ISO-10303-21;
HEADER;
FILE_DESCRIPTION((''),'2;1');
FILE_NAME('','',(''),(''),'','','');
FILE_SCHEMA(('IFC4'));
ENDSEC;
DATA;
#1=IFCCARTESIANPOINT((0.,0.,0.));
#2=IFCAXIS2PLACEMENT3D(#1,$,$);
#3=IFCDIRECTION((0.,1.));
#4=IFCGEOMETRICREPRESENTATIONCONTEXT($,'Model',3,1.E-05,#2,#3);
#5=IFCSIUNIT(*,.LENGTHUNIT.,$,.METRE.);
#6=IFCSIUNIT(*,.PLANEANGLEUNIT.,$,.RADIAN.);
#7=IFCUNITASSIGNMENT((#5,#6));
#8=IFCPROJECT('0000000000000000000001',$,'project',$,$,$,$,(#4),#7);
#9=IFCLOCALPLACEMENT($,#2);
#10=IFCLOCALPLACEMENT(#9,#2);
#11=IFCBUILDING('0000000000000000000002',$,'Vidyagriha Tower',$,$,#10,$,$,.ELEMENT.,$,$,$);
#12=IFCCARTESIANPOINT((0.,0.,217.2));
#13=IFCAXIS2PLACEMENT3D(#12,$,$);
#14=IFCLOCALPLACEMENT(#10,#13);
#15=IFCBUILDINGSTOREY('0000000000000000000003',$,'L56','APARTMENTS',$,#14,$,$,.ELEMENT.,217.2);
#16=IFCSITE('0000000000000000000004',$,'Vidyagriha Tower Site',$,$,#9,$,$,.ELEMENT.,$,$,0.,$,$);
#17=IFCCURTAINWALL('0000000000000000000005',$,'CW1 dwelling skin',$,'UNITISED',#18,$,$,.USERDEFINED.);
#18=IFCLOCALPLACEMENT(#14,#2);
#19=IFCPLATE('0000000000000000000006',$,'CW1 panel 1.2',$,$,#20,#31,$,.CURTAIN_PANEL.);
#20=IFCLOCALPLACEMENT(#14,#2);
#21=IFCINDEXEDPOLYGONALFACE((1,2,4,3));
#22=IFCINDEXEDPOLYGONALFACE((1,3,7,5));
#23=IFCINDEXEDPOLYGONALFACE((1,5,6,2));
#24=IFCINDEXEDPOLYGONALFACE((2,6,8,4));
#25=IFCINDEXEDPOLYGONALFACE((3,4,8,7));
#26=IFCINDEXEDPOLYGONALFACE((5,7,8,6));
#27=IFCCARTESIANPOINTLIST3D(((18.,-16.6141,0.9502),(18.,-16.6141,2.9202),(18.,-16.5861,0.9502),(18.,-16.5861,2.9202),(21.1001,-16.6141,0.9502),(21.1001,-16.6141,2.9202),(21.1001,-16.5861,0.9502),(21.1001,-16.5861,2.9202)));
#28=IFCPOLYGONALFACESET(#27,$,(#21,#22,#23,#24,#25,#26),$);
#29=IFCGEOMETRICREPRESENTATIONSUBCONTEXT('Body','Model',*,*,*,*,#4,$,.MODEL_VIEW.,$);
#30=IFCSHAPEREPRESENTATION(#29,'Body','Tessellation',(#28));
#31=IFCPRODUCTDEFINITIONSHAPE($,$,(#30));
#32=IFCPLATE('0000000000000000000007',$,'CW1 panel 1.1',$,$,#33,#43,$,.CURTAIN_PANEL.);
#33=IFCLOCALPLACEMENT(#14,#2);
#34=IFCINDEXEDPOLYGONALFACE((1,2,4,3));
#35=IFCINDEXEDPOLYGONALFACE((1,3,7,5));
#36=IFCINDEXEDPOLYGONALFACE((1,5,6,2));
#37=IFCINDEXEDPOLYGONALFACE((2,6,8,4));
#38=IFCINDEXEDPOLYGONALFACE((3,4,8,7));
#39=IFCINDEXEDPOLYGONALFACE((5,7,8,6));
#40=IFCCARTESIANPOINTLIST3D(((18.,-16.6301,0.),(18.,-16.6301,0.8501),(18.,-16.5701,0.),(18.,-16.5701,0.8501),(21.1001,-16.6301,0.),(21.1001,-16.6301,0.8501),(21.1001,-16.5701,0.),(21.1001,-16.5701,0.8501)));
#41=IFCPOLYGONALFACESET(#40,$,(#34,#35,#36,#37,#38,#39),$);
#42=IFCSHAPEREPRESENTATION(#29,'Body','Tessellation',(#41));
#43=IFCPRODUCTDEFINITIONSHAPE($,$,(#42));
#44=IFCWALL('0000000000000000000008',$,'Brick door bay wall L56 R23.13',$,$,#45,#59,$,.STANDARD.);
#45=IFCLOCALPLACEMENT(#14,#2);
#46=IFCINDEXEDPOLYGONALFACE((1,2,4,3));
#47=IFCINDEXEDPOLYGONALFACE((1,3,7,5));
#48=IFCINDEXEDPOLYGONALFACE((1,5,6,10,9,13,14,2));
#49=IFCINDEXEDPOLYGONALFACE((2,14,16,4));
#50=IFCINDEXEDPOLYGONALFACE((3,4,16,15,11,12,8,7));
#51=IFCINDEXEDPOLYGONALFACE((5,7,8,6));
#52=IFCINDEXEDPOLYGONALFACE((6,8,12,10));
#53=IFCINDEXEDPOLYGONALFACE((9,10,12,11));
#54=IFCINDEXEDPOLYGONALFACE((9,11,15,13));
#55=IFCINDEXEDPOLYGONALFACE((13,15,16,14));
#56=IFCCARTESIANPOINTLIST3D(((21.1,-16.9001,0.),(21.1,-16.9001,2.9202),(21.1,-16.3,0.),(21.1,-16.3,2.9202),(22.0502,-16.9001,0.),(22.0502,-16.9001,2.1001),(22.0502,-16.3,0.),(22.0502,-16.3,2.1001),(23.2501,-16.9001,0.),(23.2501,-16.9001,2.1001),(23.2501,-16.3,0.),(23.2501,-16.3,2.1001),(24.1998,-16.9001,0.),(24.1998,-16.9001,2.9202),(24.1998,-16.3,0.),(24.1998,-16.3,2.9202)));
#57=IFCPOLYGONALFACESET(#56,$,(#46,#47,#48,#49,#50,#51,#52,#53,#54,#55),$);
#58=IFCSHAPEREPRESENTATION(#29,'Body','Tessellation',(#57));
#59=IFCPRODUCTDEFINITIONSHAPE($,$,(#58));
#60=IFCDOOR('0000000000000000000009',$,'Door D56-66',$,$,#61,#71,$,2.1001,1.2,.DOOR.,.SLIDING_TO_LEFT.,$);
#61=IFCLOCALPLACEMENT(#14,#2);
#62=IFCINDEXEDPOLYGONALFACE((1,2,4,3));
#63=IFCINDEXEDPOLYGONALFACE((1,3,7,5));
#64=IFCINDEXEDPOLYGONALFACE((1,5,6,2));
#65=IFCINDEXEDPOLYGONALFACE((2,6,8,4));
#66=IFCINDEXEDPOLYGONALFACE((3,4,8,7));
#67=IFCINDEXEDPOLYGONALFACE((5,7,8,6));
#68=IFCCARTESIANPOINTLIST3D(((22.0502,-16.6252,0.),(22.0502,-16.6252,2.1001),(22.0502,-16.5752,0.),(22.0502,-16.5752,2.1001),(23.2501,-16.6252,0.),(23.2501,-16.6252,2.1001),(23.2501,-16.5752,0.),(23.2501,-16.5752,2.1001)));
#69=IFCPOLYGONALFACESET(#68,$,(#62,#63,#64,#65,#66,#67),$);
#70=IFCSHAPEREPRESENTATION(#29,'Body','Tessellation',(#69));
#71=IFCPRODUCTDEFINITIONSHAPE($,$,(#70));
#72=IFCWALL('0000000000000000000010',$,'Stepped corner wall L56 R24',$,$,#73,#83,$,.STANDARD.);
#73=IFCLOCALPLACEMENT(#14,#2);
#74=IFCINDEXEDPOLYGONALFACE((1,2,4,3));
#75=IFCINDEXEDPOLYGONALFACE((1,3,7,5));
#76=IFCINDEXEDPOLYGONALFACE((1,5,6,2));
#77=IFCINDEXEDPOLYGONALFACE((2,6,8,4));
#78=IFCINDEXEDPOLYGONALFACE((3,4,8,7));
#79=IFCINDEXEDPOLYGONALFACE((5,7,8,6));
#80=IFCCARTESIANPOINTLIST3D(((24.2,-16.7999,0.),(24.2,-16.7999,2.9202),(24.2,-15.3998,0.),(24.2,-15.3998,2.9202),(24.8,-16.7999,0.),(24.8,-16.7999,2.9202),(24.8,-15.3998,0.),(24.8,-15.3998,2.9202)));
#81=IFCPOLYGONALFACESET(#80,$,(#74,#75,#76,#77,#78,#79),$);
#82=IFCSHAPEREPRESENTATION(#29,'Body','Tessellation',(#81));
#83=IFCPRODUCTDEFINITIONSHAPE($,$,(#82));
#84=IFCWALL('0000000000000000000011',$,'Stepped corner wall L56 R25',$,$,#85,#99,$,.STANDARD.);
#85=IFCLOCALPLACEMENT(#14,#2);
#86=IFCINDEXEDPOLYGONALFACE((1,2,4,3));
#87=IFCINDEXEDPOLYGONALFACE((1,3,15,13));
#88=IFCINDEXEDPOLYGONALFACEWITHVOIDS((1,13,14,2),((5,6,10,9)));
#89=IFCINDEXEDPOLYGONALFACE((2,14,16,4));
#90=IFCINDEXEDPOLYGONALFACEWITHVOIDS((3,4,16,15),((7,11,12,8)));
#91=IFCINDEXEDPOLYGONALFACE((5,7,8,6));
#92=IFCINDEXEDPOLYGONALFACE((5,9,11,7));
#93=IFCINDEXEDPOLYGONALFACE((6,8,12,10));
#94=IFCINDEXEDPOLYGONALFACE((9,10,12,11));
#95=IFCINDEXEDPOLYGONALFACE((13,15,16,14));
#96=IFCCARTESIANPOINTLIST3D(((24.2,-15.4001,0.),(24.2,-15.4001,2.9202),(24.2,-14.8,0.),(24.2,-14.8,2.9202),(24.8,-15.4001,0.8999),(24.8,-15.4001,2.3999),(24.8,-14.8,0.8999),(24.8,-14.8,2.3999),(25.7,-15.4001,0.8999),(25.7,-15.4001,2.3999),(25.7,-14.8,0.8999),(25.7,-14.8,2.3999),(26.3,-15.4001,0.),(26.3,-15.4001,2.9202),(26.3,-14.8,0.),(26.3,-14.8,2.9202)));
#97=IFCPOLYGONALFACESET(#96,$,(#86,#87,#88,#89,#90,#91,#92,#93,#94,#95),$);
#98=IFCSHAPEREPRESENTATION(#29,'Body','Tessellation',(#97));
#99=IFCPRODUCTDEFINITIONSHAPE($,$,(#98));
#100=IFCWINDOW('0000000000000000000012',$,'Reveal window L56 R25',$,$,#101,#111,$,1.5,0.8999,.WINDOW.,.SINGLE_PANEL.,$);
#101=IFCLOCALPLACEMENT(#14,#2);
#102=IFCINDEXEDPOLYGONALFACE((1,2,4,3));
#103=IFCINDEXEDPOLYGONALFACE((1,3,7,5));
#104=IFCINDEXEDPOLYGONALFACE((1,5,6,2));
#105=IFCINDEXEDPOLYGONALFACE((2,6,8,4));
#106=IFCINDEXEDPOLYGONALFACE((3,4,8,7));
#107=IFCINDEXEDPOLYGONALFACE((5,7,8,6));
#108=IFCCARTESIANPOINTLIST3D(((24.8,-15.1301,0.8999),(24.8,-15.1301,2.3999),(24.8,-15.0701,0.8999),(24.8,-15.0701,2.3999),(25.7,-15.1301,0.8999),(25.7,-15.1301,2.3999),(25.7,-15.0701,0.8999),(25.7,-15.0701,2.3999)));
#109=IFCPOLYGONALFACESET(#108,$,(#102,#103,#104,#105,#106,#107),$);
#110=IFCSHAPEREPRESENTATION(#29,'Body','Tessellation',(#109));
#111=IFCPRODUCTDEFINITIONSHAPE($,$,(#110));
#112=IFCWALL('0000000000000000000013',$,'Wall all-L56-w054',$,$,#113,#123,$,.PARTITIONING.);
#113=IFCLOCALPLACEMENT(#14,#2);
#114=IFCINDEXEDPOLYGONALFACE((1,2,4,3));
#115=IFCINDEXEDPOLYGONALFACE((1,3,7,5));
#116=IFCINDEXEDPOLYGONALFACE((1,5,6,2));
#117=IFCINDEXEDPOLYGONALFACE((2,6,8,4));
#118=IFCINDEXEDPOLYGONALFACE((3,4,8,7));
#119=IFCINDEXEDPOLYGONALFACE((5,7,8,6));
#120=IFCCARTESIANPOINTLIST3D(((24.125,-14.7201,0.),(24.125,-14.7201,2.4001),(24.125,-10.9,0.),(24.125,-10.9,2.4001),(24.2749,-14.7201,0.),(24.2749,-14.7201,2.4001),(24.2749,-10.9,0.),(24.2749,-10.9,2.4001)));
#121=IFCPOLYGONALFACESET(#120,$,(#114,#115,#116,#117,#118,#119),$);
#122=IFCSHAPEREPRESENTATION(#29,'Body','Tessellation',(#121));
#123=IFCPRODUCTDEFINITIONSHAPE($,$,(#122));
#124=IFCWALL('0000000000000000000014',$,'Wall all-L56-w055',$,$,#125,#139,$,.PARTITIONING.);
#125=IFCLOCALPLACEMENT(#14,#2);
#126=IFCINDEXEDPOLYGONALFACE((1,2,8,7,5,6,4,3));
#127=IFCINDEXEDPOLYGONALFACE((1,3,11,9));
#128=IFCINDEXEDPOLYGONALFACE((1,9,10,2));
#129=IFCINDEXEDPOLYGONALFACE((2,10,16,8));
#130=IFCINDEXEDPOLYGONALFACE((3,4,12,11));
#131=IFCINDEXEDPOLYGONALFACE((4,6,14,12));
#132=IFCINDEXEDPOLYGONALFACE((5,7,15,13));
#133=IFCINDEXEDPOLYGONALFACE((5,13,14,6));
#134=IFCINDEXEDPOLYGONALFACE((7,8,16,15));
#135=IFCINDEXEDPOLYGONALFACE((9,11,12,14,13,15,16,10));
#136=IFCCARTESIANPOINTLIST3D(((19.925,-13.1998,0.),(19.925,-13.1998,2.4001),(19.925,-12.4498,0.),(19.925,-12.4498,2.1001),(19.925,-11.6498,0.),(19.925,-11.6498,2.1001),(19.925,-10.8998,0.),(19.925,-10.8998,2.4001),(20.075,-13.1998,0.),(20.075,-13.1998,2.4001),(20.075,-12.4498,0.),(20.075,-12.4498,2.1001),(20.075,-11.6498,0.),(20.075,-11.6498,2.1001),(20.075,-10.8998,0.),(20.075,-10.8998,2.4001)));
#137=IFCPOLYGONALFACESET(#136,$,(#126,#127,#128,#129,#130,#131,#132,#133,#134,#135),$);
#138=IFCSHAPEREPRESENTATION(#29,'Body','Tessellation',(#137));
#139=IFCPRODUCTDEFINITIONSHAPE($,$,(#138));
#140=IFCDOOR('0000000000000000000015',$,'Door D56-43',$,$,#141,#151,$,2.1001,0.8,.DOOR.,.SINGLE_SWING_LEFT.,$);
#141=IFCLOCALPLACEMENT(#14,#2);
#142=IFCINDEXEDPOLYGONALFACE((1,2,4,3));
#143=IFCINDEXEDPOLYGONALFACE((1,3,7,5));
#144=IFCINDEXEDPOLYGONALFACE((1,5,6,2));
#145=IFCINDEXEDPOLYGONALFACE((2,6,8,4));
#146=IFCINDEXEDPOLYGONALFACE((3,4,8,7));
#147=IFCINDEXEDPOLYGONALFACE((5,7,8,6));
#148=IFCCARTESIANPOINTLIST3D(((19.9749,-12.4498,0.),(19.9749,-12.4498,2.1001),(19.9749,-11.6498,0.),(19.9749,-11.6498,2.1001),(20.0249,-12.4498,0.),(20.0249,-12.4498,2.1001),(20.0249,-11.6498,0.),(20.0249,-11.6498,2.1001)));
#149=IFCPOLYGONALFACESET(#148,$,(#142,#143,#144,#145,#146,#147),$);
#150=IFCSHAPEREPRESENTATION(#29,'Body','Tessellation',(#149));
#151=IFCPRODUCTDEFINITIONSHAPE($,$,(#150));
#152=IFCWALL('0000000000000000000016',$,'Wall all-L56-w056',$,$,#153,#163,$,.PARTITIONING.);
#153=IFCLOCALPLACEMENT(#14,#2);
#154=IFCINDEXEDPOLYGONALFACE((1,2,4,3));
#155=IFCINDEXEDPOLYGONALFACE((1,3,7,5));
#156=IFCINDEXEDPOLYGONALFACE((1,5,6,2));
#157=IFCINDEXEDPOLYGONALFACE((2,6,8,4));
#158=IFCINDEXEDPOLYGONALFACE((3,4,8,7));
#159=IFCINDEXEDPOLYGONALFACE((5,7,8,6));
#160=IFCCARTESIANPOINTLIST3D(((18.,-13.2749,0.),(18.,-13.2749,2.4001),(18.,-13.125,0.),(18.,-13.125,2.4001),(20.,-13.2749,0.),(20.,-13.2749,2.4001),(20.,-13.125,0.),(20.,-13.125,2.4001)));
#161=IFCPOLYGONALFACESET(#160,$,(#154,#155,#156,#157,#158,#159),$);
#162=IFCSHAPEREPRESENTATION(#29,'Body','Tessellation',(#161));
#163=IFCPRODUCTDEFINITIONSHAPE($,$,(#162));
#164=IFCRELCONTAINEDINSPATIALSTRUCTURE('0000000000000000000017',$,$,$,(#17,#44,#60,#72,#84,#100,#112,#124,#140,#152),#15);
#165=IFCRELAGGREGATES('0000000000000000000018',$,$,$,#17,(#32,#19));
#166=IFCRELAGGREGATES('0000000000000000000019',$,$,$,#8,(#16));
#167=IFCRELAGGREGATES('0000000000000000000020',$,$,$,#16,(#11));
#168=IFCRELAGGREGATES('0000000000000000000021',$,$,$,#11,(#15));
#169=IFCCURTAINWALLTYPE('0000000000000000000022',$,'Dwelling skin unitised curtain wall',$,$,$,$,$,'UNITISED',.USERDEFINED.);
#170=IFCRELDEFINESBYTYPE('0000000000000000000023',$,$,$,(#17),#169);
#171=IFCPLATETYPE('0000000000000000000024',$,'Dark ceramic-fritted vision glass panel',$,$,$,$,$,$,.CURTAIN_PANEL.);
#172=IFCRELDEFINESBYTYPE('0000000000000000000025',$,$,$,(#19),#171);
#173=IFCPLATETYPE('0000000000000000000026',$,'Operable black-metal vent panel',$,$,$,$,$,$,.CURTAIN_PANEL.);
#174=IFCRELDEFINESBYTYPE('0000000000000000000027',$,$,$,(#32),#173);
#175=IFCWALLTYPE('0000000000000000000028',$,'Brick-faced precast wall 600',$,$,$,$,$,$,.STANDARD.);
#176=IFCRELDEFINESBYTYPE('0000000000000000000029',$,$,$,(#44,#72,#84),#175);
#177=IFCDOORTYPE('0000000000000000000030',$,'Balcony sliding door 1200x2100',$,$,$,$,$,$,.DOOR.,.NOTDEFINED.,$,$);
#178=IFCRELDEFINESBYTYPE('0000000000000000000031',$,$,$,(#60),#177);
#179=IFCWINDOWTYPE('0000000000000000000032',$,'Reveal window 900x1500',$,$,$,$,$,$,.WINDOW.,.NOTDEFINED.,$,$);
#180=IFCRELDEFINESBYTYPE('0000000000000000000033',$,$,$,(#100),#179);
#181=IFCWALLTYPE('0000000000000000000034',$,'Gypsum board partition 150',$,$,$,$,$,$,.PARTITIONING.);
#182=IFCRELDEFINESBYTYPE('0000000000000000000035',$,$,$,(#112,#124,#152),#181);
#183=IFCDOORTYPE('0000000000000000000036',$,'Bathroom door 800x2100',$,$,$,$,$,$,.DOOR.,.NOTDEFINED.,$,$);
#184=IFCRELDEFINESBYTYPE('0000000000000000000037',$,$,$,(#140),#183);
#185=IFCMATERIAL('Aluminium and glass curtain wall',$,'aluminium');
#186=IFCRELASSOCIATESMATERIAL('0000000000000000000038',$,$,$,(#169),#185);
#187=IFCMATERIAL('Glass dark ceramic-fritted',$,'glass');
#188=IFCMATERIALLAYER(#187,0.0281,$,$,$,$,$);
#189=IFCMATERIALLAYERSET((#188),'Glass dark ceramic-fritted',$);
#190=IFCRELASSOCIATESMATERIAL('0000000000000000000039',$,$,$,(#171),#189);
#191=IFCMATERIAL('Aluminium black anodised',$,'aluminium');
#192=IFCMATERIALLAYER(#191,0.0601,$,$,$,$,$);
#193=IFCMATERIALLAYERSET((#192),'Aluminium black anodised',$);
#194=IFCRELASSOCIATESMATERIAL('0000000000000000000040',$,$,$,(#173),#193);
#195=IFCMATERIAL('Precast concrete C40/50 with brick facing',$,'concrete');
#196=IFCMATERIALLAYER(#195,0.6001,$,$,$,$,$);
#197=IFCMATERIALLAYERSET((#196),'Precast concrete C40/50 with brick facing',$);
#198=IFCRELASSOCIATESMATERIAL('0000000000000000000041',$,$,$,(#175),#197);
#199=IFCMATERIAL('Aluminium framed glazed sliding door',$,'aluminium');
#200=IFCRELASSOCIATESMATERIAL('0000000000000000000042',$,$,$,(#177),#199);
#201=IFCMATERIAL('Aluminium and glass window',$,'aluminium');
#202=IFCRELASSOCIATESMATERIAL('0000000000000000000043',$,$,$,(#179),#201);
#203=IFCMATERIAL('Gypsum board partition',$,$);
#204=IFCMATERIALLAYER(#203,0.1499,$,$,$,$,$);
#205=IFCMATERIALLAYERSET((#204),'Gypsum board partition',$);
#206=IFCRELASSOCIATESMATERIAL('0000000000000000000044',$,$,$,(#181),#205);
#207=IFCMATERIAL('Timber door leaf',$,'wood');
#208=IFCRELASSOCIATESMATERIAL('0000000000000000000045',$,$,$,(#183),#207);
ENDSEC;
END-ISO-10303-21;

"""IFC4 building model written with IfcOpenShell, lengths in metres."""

from ifc_helpers import new_model, si_unit, direction, frame, frame_2d, origin, origin_2d, place, context, subcontext, project, spatial, rectangle, extrude, material, layer, layer_set, type_object, element, fill, aggregate, save


model = new_model("IFC4")

# Units and contexts
model_context = context("Model", 3, precision=1e-05, world=origin(), true_north=direction((0.0, 1.0)))
body_context = subcontext(model_context, "Body", "Model", "MODEL_VIEW")
ifc_project = project(units=[si_unit("LENGTHUNIT", "METRE"), si_unit("PLANEANGLEUNIT", "RADIAN")], contexts=[model_context])

# Site, building, storey
site_placement = place(None, origin())
site = spatial("IfcSite", under=ifc_project, at=site_placement, Name="Vidyagriha Tower Site", CompositionType="ELEMENT", RefElevation=0.0)
building_placement = place(site_placement, origin())
building = spatial("IfcBuilding", under=site, at=building_placement, Name="Vidyagriha Tower", CompositionType="ELEMENT")
storey_placement = place(building_placement, frame((0.0, 0.0, 217.2)))
storey = spatial("IfcBuildingStorey", under=building, at=storey_placement, Name="L56", Description="APARTMENTS", CompositionType="ELEMENT", Elevation=217.2)

# Curtain wall, plates
ifc_material_1 = material(Name="Aluminium and glass curtain wall", Category="aluminium")
curtain_wall_type = type_object("IfcCurtainWallType", Name="Dwelling skin unitised curtain wall", ElementType="UNITISED", PredefinedType="USERDEFINED", material=ifc_material_1)
curtain_wall_placement = place(storey_placement, origin())
curtain_wall = element("IfcCurtainWall", 1, at=curtain_wall_placement, inside=storey, type_object=curtain_wall_type, Name="CW1 dwelling skin", ObjectType="UNITISED", PredefinedType="USERDEFINED")
ifc_material_2 = material(Name="Glass dark ceramic-fritted", Category="glass")
ifc_layer_1 = layer(ifc_material_2, 0.0281)
ifc_layer_set_1 = layer_set([ifc_layer_1], Name="Glass dark ceramic-fritted")
plate_type_1 = type_object("IfcPlateType", Name="Dark ceramic-fritted vision glass panel", PredefinedType="CURTAIN_PANEL", material=ifc_layer_set_1)
plate_1_placement = place(storey_placement, frame((19.55, -16.6001, 0.9502)))
plate_1 = element("IfcPlate", 2, at=plate_1_placement, type_object=plate_type_1, Name="CW1 panel 1.2", PredefinedType="CURTAIN_PANEL", context=body_context, shape_type="SweptSolid", body=[
    extrude(rectangle(XDim=3.1001, YDim=0.0281, at=origin_2d()), origin(), (0.0, 0.0, 1.0), 1.97),
])
ifc_material_3 = material(Name="Aluminium black anodised", Category="aluminium")
ifc_layer_2 = layer(ifc_material_3, 0.0601)
ifc_layer_set_2 = layer_set([ifc_layer_2], Name="Aluminium black anodised")
plate_type_2 = type_object("IfcPlateType", Name="Operable black-metal vent panel", PredefinedType="CURTAIN_PANEL", material=ifc_layer_set_2)
plate_2_placement = place(storey_placement, frame((19.55, -16.6001, 0.0)))
plate_2 = element("IfcPlate", 3, at=plate_2_placement, type_object=plate_type_2, Name="CW1 panel 1.1", PredefinedType="CURTAIN_PANEL", context=body_context, shape_type="SweptSolid", body=[
    extrude(rectangle(XDim=3.1001, YDim=0.0601, at=origin_2d()), origin(), (0.0, 0.0, 1.0), 0.8501),
])
aggregate(curtain_wall, [plate_2, plate_1])

# Wall, opening, door
ifc_material_4 = material(Name="Precast concrete C40/50 with brick facing", Category="concrete")
ifc_layer_3 = layer(ifc_material_4, 0.6001)
ifc_layer_set_3 = layer_set([ifc_layer_3], Name="Precast concrete C40/50 with brick facing")
wall_type_1 = type_object("IfcWallType", Name="Brick-faced precast wall 600", PredefinedType="STANDARD", material=ifc_layer_set_3)
wall_1_placement = place(storey_placement, frame((21.1001, -16.6001, 0.0)))
wall_1 = element("IfcWall", 4, at=wall_1_placement, inside=storey, type_object=wall_type_1, Name="Brick door bay wall L56 R23.13", PredefinedType="STANDARD", context=body_context, shape_type="SweptSolid", body=[
    extrude(rectangle(XDim=3.0999, YDim=0.6001, at=frame_2d((1.5498, 0.0))), origin(), (0.0, 0.0, 1.0), 2.9202),
])
opening_1_placement = place(wall_1_placement, frame((0.95, 0.0, 0.0)))
opening_1 = element("IfcOpeningElement", 5, at=opening_1_placement, cuts=wall_1, PredefinedType="OPENING", context=body_context, shape_type="SweptSolid", body=[
    extrude(rectangle(XDim=1.2, YDim=2.1001, at=frame_2d((0.6001, 1.05))), frame((0.0, 0.3101, 0.0), z_axis=(0.0, -1.0, 0.0), x_axis=(1.0, 0.0, 0.0)), (0.0, 0.0, 1.0), 0.6201),
])
ifc_material_5 = material(Name="Aluminium framed glazed sliding door", Category="aluminium")
door_type_1 = type_object("IfcDoorType", Name="Balcony sliding door 1200x2100", OperationType="NOTDEFINED", PredefinedType="DOOR", material=ifc_material_5)
door_1_placement = place(opening_1_placement, origin())
door_1 = element("IfcDoor", 6, at=door_1_placement, inside=storey, type_object=door_type_1, Name="Door D56-66", OperationType="SLIDING_TO_LEFT", OverallHeight=2.1001, OverallWidth=1.2, PredefinedType="DOOR", context=body_context, shape_type="SweptSolid", body=[
    extrude(rectangle(XDim=1.2, YDim=2.1001, at=frame_2d((0.6001, 1.05))), frame((0.0, 0.0249, 0.0), z_axis=(0.0, -1.0, 0.0), x_axis=(1.0, 0.0, 0.0)), (0.0, 0.0, 1.0), 0.05),
])
fill(opening_1, door_1)

# Wall
wall_2_placement = place(storey_placement, frame((24.5, -16.8, 0.0), z_axis=(0.0, 0.0, 1.0), x_axis=(0.0, 1.0, 0.0)))
element("IfcWall", 7, at=wall_2_placement, inside=storey, type_object=wall_type_1, Name="Stepped corner wall L56 R24", PredefinedType="STANDARD", context=body_context, shape_type="SweptSolid", body=[
    extrude(rectangle(XDim=1.4001, YDim=0.6001, at=frame_2d((0.7002, 0.0))), origin(), (0.0, 0.0, 1.0), 2.9202),
])

# Wall, opening, window
wall_3_placement = place(storey_placement, frame((24.2, -15.1001, 0.0)))
wall_3 = element("IfcWall", 8, at=wall_3_placement, inside=storey, type_object=wall_type_1, Name="Stepped corner wall L56 R25", PredefinedType="STANDARD", context=body_context, shape_type="SweptSolid", body=[
    extrude(rectangle(XDim=2.1001, YDim=0.6001, at=frame_2d((1.05, 0.0))), origin(), (0.0, 0.0, 1.0), 2.9202),
])
opening_2_placement = place(wall_3_placement, frame((0.6001, 0.0, 0.8999)))
opening_2 = element("IfcOpeningElement", 9, at=opening_2_placement, cuts=wall_3, PredefinedType="OPENING", context=body_context, shape_type="SweptSolid", body=[
    extrude(rectangle(XDim=0.8999, YDim=1.5, at=frame_2d((0.45, 0.75))), frame((0.0, 0.3101, 0.0), z_axis=(0.0, -1.0, 0.0), x_axis=(1.0, 0.0, 0.0)), (0.0, 0.0, 1.0), 0.6201),
])
ifc_material_6 = material(Name="Aluminium and glass window", Category="aluminium")
window_type = type_object("IfcWindowType", Name="Reveal window 900x1500", PartitioningType="NOTDEFINED", PredefinedType="WINDOW", material=ifc_material_6)
window_placement = place(opening_2_placement, origin())
window = element("IfcWindow", 10, at=window_placement, inside=storey, type_object=window_type, Name="Reveal window L56 R25", OverallHeight=1.5, OverallWidth=0.8999, PartitioningType="SINGLE_PANEL", PredefinedType="WINDOW", context=body_context, shape_type="SweptSolid", body=[
    extrude(rectangle(XDim=0.8999, YDim=1.5, at=frame_2d((0.45, 0.75))), frame((0.0, 0.03, 0.0), z_axis=(0.0, -1.0, 0.0), x_axis=(1.0, 0.0, 0.0)), (0.0, 0.0, 1.0), 0.0601),
])
fill(opening_2, window)

# Wall
ifc_material_7 = material(Name="Gypsum board partition")
ifc_layer_4 = layer(ifc_material_7, 0.1499)
ifc_layer_set_4 = layer_set([ifc_layer_4], Name="Gypsum board partition")
wall_type_2 = type_object("IfcWallType", Name="Gypsum board partition 150", PredefinedType="PARTITIONING", material=ifc_layer_set_4)
wall_4_placement = place(storey_placement, frame((24.2, -10.8999, 0.0), z_axis=(0.0, 0.0, 1.0), x_axis=(0.0, -1.0, 0.0)))
element("IfcWall", 11, at=wall_4_placement, inside=storey, type_object=wall_type_2, Name="Wall all-L56-w054", PredefinedType="PARTITIONING", context=body_context, shape_type="SweptSolid", body=[
    extrude(rectangle(XDim=3.8201, YDim=0.1499, at=frame_2d((1.9102, 0.0))), origin(), (0.0, 0.0, 1.0), 2.4001),
])

# Wall, opening, door
wall_5_placement = place(storey_placement, frame((20.0, -10.8999, 0.0), z_axis=(0.0, 0.0, 1.0), x_axis=(0.0, -1.0, 0.0)))
wall_5 = element("IfcWall", 12, at=wall_5_placement, inside=storey, type_object=wall_type_2, Name="Wall all-L56-w055", PredefinedType="PARTITIONING", context=body_context, shape_type="SweptSolid", body=[
    extrude(rectangle(XDim=2.3, YDim=0.1499, at=frame_2d((1.1499, 0.0))), origin(), (0.0, 0.0, 1.0), 2.4001),
])
opening_3_placement = place(wall_5_placement, frame((0.75, 0.0, 0.0)))
opening_3 = element("IfcOpeningElement", 13, at=opening_3_placement, cuts=wall_5, PredefinedType="OPENING", context=body_context, shape_type="SweptSolid", body=[
    extrude(rectangle(XDim=0.8, YDim=2.1001, at=frame_2d((0.3999, 1.05))), frame((0.0, 0.085, 0.0), z_axis=(0.0, -1.0, 0.0), x_axis=(1.0, 0.0, 0.0)), (0.0, 0.0, 1.0), 0.1699),
])
ifc_material_8 = material(Name="Timber door leaf", Category="wood")
door_type_2 = type_object("IfcDoorType", Name="Bathroom door 800x2100", OperationType="NOTDEFINED", PredefinedType="DOOR", material=ifc_material_8)
door_2_placement = place(opening_3_placement, origin())
door_2 = element("IfcDoor", 14, at=door_2_placement, inside=storey, type_object=door_type_2, Name="Door D56-43", OperationType="SINGLE_SWING_LEFT", OverallHeight=2.1001, OverallWidth=0.8, PredefinedType="DOOR", context=body_context, shape_type="SweptSolid", body=[
    extrude(rectangle(XDim=0.8, YDim=2.1001, at=frame_2d((0.3999, 1.05))), frame((0.0, 0.0249, 0.0), z_axis=(0.0, -1.0, 0.0), x_axis=(1.0, 0.0, 0.0)), (0.0, 0.0, 1.0), 0.05),
])
fill(opening_3, door_2)

# Wall
wall_6_placement = place(storey_placement, frame((20.0, -13.2, 0.0), z_axis=(0.0, 0.0, 1.0), x_axis=(-1.0, 0.0, 0.0)))
element("IfcWall", 15, at=wall_6_placement, inside=storey, type_object=wall_type_2, Name="Wall all-L56-w056", PredefinedType="PARTITIONING", context=body_context, shape_type="SweptSolid", body=[
    extrude(rectangle(XDim=2.0, YDim=0.1499, at=frame_2d((1.0, 0.0))), origin(), (0.0, 0.0, 1.0), 2.4001),
])

save(model, "model.ifc")
